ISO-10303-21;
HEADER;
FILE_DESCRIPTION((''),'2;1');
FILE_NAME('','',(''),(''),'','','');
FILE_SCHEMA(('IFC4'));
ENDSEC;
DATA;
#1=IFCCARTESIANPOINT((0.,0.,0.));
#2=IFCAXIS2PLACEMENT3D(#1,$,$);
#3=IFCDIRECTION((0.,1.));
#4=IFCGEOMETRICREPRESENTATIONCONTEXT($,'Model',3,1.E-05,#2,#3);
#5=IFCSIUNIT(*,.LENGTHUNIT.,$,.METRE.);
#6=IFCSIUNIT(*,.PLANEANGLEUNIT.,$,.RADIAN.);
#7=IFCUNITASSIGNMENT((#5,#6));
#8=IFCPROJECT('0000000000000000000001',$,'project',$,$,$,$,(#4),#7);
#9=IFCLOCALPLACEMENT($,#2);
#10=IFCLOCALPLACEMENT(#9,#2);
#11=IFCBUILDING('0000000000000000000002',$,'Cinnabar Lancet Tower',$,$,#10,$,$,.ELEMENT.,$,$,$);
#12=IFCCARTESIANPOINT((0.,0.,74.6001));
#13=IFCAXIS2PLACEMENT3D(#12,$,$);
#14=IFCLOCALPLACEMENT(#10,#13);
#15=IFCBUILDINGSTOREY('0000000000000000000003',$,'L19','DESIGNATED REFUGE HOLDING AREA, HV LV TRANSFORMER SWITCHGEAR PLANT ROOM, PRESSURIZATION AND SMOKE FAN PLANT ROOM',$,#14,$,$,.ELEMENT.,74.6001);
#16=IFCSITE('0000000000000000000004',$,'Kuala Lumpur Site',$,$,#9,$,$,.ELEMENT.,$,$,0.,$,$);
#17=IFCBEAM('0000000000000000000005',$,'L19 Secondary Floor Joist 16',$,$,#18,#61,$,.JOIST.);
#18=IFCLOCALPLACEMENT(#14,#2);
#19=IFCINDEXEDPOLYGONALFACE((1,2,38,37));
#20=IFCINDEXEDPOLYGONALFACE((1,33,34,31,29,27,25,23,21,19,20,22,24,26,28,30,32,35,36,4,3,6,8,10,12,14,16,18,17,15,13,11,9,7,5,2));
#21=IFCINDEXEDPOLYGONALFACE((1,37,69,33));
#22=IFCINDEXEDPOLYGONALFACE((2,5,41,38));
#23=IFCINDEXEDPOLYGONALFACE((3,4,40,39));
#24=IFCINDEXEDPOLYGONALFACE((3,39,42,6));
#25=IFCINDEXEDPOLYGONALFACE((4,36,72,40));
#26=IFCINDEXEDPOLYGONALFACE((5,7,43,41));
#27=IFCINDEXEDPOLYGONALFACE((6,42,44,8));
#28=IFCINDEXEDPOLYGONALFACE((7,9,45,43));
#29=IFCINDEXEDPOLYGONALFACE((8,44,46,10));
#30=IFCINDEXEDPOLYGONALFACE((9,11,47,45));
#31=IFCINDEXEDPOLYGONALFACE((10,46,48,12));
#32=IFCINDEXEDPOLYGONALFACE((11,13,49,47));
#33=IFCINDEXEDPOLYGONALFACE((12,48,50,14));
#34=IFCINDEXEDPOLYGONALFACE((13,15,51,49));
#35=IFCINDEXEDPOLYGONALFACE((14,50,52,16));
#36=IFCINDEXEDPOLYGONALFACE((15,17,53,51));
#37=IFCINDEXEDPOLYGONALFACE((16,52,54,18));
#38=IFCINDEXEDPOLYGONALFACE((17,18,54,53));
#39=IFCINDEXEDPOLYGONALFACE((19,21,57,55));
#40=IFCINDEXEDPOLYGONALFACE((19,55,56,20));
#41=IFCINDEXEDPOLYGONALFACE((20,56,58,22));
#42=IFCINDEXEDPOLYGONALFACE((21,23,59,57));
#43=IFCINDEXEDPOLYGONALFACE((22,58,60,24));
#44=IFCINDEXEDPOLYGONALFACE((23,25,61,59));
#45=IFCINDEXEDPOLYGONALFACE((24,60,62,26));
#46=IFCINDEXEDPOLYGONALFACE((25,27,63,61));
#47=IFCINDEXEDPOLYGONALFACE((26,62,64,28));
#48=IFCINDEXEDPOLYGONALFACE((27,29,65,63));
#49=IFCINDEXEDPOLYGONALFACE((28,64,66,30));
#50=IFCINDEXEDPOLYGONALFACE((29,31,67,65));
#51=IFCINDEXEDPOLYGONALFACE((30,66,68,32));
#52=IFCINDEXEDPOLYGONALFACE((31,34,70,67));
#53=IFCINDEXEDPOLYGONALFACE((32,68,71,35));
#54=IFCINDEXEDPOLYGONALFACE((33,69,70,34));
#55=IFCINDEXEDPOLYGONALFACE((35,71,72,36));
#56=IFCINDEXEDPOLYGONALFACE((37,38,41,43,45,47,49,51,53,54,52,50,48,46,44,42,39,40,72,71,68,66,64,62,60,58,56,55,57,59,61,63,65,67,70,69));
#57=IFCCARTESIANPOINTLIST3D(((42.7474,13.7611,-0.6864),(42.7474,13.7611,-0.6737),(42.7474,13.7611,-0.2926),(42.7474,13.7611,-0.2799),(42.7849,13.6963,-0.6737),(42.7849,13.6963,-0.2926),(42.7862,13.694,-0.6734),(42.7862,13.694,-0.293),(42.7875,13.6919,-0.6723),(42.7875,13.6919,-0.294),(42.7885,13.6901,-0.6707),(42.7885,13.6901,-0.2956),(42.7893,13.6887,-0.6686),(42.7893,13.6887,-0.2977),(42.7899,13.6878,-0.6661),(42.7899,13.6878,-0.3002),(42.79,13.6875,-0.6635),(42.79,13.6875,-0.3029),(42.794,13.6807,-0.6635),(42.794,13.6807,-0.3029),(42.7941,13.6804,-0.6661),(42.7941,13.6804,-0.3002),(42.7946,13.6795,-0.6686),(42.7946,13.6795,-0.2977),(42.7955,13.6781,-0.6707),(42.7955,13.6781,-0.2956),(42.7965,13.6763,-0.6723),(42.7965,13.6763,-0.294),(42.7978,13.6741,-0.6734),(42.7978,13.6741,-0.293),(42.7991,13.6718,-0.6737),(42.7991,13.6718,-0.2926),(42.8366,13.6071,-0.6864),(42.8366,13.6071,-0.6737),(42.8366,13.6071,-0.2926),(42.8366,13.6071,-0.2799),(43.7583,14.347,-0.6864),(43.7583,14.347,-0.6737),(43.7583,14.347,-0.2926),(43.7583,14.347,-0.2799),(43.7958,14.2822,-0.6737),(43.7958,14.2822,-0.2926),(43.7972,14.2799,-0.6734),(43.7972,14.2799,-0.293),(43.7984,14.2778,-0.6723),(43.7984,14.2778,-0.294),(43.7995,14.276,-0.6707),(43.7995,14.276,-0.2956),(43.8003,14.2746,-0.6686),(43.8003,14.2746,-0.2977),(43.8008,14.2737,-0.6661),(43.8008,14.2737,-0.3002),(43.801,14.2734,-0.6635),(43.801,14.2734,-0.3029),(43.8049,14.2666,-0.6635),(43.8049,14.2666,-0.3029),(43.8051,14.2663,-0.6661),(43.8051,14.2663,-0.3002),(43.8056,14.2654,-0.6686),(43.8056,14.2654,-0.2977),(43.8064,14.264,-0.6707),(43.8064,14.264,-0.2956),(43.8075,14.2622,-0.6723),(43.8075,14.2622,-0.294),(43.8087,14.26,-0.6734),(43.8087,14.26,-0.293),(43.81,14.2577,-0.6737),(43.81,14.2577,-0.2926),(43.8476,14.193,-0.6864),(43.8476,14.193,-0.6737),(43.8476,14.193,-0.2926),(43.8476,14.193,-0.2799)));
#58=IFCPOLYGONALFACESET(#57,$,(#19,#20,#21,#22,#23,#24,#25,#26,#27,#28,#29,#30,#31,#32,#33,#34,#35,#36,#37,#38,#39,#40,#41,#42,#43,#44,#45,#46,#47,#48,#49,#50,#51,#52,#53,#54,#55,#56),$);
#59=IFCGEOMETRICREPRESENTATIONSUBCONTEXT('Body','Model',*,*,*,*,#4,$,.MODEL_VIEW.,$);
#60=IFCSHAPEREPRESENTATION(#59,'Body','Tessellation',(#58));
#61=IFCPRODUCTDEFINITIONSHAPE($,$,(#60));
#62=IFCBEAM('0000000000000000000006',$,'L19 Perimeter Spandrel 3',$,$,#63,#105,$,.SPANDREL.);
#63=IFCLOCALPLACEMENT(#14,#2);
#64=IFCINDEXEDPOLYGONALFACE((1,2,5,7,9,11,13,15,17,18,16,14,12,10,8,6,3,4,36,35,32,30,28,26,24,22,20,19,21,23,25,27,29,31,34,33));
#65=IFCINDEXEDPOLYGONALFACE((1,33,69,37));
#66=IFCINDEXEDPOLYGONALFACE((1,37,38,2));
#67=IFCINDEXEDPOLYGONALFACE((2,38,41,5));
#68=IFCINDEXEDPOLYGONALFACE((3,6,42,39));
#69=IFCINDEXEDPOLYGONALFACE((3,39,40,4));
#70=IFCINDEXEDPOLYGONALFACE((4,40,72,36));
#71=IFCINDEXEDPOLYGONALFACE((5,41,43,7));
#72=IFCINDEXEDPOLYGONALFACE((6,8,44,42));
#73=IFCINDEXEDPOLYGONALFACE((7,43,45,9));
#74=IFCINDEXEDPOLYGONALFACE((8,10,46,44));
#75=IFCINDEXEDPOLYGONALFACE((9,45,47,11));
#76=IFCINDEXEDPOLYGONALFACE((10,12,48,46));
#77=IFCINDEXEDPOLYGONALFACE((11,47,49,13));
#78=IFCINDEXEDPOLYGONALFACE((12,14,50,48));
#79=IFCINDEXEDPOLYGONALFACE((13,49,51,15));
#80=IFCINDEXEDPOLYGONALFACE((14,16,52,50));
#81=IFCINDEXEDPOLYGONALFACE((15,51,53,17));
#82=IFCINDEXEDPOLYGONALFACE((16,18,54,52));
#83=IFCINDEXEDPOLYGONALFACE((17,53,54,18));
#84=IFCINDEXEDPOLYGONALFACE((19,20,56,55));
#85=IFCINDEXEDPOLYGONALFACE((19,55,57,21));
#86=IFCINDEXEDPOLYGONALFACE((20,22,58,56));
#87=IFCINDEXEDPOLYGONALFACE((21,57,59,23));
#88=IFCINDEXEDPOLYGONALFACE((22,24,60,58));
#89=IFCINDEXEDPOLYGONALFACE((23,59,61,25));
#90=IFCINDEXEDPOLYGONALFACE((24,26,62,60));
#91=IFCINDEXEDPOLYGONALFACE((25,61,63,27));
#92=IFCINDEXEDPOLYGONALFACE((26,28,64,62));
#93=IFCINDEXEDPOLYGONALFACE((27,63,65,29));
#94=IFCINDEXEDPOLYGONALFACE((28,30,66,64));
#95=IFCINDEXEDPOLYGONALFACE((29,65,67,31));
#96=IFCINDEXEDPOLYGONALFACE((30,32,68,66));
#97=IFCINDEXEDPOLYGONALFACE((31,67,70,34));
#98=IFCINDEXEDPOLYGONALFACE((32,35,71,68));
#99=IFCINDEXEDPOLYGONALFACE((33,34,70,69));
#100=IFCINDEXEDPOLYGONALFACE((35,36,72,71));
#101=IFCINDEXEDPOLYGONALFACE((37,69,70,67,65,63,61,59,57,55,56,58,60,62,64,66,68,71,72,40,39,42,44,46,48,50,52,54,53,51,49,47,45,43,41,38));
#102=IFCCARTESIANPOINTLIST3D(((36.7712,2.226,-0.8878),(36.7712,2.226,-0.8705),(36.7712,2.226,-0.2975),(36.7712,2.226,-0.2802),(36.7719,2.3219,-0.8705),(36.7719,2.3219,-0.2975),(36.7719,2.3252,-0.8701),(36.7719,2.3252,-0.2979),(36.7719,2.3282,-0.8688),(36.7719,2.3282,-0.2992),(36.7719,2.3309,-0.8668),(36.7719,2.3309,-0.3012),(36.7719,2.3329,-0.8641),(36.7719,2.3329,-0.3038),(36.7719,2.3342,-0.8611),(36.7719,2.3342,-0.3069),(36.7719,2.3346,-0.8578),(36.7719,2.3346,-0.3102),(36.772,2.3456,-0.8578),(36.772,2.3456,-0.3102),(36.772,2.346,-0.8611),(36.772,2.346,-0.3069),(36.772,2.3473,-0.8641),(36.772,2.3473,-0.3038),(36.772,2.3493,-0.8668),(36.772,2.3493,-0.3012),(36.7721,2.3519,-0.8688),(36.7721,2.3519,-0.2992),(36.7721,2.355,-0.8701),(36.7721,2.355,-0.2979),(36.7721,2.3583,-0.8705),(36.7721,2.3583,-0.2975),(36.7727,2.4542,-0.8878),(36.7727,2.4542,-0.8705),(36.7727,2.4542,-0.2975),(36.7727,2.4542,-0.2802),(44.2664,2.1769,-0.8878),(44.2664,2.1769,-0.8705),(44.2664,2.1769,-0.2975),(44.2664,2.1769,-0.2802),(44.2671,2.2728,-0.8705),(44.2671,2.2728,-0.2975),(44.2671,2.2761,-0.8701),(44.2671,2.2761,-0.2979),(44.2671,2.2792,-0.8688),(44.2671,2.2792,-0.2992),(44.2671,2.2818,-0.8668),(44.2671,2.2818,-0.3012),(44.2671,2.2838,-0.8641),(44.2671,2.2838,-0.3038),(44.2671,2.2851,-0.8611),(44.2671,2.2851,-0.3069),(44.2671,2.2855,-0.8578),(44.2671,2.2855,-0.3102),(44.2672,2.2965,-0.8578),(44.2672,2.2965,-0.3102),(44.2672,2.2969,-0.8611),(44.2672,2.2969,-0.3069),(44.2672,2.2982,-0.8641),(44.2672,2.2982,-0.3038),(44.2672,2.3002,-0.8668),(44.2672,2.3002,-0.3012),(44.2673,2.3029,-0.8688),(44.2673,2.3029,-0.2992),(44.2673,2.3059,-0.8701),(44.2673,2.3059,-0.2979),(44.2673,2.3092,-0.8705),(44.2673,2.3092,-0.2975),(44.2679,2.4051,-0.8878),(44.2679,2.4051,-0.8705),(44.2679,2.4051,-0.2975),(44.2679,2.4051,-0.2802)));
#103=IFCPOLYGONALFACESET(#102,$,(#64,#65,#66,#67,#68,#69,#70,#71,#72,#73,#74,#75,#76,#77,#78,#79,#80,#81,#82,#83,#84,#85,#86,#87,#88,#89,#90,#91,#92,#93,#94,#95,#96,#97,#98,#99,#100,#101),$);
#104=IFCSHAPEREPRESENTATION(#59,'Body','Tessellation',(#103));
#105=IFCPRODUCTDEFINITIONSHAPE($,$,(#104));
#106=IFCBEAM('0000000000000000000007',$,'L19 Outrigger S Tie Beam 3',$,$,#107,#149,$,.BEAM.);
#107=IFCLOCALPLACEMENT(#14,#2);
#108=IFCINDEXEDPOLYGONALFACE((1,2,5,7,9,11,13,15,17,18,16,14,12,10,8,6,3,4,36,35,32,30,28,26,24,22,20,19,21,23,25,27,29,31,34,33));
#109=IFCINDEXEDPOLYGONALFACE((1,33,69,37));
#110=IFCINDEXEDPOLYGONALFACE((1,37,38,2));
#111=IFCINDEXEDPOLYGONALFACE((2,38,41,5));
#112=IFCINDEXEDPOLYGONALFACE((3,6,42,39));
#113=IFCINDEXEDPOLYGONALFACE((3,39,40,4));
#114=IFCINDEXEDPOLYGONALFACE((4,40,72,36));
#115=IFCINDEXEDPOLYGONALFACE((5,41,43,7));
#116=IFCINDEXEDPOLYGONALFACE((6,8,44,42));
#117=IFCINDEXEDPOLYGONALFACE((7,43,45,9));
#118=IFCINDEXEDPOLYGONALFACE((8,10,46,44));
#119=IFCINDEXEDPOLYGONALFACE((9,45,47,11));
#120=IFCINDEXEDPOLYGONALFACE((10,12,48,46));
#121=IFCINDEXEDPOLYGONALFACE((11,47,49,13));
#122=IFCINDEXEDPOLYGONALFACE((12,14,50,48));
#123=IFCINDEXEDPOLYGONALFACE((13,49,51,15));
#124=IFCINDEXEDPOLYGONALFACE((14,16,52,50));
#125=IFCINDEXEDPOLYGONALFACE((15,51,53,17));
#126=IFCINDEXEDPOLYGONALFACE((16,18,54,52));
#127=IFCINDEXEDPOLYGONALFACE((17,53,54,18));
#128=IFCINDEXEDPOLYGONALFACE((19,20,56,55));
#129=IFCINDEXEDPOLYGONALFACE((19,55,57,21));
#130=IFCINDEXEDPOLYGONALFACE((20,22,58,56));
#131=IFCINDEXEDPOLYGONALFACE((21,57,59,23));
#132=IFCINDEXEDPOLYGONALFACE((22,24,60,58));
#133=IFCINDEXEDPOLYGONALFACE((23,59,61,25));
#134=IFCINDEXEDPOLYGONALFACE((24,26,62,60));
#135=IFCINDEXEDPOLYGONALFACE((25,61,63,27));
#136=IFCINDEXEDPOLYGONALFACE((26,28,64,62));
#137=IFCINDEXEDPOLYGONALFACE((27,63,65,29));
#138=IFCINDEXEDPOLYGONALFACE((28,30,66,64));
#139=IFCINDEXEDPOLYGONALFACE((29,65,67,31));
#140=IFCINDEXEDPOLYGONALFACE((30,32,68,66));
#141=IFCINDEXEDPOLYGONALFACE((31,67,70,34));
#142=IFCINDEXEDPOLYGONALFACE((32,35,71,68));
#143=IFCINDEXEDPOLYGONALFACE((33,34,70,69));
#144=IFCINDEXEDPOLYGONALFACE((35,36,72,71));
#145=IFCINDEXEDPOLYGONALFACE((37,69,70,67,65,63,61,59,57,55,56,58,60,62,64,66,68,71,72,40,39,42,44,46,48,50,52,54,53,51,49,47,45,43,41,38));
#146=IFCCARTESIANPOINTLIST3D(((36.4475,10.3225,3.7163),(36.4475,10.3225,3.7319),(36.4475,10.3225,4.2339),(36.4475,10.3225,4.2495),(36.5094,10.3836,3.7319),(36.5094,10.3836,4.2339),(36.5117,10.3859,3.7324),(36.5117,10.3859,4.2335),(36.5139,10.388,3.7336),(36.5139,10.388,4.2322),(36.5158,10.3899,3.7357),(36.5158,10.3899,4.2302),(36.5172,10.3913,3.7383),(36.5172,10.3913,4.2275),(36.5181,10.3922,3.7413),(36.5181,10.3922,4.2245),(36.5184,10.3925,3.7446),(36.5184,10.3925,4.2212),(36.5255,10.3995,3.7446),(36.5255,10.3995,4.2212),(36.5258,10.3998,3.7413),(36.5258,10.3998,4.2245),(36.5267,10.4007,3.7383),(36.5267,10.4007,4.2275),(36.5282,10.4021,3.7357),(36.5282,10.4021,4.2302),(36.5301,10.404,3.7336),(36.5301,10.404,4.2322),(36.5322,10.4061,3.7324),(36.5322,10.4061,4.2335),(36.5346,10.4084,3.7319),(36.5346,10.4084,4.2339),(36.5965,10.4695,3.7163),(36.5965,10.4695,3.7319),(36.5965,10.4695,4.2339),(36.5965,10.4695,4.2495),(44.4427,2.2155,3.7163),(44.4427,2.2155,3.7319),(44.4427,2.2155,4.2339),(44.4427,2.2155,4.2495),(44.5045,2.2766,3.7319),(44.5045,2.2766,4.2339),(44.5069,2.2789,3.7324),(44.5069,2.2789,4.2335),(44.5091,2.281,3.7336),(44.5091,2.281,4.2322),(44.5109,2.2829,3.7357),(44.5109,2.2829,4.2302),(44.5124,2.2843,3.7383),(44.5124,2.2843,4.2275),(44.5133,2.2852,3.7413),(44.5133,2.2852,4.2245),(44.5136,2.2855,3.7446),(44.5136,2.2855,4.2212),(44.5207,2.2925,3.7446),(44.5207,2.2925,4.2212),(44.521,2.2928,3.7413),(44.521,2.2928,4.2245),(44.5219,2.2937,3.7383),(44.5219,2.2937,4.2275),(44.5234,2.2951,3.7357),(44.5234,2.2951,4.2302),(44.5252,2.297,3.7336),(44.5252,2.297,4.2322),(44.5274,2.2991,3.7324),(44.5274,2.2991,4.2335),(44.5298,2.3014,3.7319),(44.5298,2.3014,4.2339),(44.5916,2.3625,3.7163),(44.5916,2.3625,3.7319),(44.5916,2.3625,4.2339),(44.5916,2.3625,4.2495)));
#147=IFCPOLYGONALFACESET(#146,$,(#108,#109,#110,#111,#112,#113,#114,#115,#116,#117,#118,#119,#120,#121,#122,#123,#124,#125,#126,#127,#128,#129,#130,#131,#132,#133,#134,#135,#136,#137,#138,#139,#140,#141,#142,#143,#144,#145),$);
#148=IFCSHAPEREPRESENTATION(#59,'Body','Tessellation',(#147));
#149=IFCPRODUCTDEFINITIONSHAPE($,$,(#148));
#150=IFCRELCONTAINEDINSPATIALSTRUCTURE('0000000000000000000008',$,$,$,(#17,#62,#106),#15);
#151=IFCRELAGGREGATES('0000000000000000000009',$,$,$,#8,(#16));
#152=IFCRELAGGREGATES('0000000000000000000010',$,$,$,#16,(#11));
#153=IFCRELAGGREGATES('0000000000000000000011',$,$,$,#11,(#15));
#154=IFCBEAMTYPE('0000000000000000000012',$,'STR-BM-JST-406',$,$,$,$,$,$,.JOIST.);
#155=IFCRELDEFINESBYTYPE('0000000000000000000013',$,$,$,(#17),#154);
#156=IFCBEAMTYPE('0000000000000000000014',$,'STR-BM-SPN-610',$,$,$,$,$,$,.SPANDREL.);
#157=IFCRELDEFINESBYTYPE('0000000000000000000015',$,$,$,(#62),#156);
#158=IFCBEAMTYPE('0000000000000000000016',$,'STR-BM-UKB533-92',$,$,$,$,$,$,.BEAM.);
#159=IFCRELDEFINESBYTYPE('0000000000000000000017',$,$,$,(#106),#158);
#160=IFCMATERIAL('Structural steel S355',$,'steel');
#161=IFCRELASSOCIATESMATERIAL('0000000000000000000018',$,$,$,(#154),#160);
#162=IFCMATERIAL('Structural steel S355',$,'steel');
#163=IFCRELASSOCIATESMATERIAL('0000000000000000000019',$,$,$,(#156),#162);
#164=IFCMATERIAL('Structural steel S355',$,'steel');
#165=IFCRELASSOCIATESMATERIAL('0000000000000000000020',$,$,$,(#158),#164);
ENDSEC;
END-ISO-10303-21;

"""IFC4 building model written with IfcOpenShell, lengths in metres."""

from ifc_helpers import new_model, si_unit, direction, frame, origin, origin_2d, place, context, subcontext, project, spatial, i_section, extrude, material, material_profile, profile_set, type_object, element, save


model = new_model("IFC4")

# Units and contexts
model_context = context("Model", 3, precision=1e-05, world=origin(), true_north=direction((0.0, 1.0)))
body_context = subcontext(model_context, "Body", "Model", "MODEL_VIEW")
ifc_project = project(units=[si_unit("LENGTHUNIT", "METRE"), si_unit("PLANEANGLEUNIT", "RADIAN")], contexts=[model_context])

# Site, building, storey
site_placement = place(None, origin())
site = spatial("IfcSite", under=ifc_project, at=site_placement, Name="Kuala Lumpur Site", CompositionType="ELEMENT", RefElevation=0.0)
building_placement = place(site_placement, origin())
building = spatial("IfcBuilding", under=site, at=building_placement, Name="Cinnabar Lancet Tower", CompositionType="ELEMENT")
storey_placement = place(building_placement, frame((0.0, 0.0, 74.6001)))
storey = spatial("IfcBuildingStorey", under=building, at=storey_placement, Name="L19", Description="DESIGNATED REFUGE HOLDING AREA, HV LV TRANSFORMER SWITCHGEAR PLANT ROOM, PRESSURIZATION AND SMOKE FAN PLANT ROOM", CompositionType="ELEMENT", Elevation=74.6001)

# Beams
ifc_material_1 = material(Name="Structural steel S355", Category="steel")
ifc_material_profile_1 = material_profile(ifc_material_1, i_section(OverallWidth=0.178, OverallDepth=0.4065, WebThickness=0.0078, FlangeThickness=0.0127, FilletRadius=0.0103, at=origin_2d()), Name="UKB 406x178x60")
ifc_profile_set_1 = profile_set([ifc_material_profile_1], Name="Structural steel S355")
beam_type_1 = type_object("IfcBeamType", Name="STR-BM-JST-406", PredefinedType="JOIST", material=ifc_profile_set_1)
beam_1_placement = place(storey_placement, frame((42.792, 13.6841, -0.4832), z_axis=(0.865193, 0.50144, 0.0), x_axis=(-0.50144, 0.865193, 0.0)))
element("IfcBeam", 1, at=beam_1_placement, inside=storey, type_object=beam_type_1, Name="L19 Secondary Floor Joist 16", PredefinedType="JOIST", context=body_context, shape_type="SweptSolid", body=[
    extrude(i_section(OverallWidth=0.178, OverallDepth=0.4065, WebThickness=0.0078, FlangeThickness=0.0127, FilletRadius=0.0103, at=origin_2d()), origin(), (0.0, 0.0, 1.0), 1.1685),
])
ifc_material_2 = material(Name="Structural steel S355", Category="steel")
ifc_material_profile_2 = material_profile(ifc_material_2, i_section(OverallWidth=0.2283, OverallDepth=0.6077, WebThickness=0.011, FlangeThickness=0.0173, FilletRadius=0.0127, at=origin_2d()), Name="UKB 610x229x113")
ifc_profile_set_2 = profile_set([ifc_material_profile_2], Name="Structural steel S355")
beam_type_2 = type_object("IfcBeamType", Name="STR-BM-SPN-610", PredefinedType="SPANDREL", material=ifc_profile_set_2)
beam_2_placement = place(storey_placement, frame((36.772, 2.3401, -0.584), z_axis=(0.999979, -0.006547, 0.0), x_axis=(0.006547, 0.999979, 0.0)))
element("IfcBeam", 2, at=beam_2_placement, inside=storey, type_object=beam_type_2, Name="L19 Perimeter Spandrel 3", PredefinedType="SPANDREL", context=body_context, shape_type="SweptSolid", body=[
    extrude(i_section(OverallWidth=0.2283, OverallDepth=0.6077, WebThickness=0.011, FlangeThickness=0.0173, FilletRadius=0.0127, at=origin_2d()), origin(), (0.0, 0.0, 1.0), 7.4954),
])
ifc_material_3 = material(Name="Structural steel S355", Category="steel")
ifc_material_profile_3 = material_profile(ifc_material_3, i_section(OverallWidth=0.2092, OverallDepth=0.5332, WebThickness=0.01, FlangeThickness=0.0156, FilletRadius=0.0127, at=origin_2d()), Name="UKB 533x210x92")
ifc_profile_set_3 = profile_set([ifc_material_profile_3], Name="Structural steel S355")
beam_type_3 = type_object("IfcBeamType", Name="STR-BM-UKB533-92", PredefinedType="BEAM", material=ifc_profile_set_3)
beam_3_placement = place(storey_placement, frame((36.522, 10.396, 3.9829), z_axis=(0.70218, -0.712, 0.0), x_axis=(0.712, 0.70218, 0.0)))
element("IfcBeam", 3, at=beam_3_placement, inside=storey, type_object=beam_type_3, Name="L19 Outrigger S Tie Beam 3", PredefinedType="BEAM", context=body_context, shape_type="SweptSolid", body=[
    extrude(i_section(OverallWidth=0.2092, OverallDepth=0.5332, WebThickness=0.01, FlangeThickness=0.0156, FilletRadius=0.0127, at=origin_2d()), origin(), (0.0, 0.0, 1.0), 11.3862),
])

save(model, "model.ifc")
